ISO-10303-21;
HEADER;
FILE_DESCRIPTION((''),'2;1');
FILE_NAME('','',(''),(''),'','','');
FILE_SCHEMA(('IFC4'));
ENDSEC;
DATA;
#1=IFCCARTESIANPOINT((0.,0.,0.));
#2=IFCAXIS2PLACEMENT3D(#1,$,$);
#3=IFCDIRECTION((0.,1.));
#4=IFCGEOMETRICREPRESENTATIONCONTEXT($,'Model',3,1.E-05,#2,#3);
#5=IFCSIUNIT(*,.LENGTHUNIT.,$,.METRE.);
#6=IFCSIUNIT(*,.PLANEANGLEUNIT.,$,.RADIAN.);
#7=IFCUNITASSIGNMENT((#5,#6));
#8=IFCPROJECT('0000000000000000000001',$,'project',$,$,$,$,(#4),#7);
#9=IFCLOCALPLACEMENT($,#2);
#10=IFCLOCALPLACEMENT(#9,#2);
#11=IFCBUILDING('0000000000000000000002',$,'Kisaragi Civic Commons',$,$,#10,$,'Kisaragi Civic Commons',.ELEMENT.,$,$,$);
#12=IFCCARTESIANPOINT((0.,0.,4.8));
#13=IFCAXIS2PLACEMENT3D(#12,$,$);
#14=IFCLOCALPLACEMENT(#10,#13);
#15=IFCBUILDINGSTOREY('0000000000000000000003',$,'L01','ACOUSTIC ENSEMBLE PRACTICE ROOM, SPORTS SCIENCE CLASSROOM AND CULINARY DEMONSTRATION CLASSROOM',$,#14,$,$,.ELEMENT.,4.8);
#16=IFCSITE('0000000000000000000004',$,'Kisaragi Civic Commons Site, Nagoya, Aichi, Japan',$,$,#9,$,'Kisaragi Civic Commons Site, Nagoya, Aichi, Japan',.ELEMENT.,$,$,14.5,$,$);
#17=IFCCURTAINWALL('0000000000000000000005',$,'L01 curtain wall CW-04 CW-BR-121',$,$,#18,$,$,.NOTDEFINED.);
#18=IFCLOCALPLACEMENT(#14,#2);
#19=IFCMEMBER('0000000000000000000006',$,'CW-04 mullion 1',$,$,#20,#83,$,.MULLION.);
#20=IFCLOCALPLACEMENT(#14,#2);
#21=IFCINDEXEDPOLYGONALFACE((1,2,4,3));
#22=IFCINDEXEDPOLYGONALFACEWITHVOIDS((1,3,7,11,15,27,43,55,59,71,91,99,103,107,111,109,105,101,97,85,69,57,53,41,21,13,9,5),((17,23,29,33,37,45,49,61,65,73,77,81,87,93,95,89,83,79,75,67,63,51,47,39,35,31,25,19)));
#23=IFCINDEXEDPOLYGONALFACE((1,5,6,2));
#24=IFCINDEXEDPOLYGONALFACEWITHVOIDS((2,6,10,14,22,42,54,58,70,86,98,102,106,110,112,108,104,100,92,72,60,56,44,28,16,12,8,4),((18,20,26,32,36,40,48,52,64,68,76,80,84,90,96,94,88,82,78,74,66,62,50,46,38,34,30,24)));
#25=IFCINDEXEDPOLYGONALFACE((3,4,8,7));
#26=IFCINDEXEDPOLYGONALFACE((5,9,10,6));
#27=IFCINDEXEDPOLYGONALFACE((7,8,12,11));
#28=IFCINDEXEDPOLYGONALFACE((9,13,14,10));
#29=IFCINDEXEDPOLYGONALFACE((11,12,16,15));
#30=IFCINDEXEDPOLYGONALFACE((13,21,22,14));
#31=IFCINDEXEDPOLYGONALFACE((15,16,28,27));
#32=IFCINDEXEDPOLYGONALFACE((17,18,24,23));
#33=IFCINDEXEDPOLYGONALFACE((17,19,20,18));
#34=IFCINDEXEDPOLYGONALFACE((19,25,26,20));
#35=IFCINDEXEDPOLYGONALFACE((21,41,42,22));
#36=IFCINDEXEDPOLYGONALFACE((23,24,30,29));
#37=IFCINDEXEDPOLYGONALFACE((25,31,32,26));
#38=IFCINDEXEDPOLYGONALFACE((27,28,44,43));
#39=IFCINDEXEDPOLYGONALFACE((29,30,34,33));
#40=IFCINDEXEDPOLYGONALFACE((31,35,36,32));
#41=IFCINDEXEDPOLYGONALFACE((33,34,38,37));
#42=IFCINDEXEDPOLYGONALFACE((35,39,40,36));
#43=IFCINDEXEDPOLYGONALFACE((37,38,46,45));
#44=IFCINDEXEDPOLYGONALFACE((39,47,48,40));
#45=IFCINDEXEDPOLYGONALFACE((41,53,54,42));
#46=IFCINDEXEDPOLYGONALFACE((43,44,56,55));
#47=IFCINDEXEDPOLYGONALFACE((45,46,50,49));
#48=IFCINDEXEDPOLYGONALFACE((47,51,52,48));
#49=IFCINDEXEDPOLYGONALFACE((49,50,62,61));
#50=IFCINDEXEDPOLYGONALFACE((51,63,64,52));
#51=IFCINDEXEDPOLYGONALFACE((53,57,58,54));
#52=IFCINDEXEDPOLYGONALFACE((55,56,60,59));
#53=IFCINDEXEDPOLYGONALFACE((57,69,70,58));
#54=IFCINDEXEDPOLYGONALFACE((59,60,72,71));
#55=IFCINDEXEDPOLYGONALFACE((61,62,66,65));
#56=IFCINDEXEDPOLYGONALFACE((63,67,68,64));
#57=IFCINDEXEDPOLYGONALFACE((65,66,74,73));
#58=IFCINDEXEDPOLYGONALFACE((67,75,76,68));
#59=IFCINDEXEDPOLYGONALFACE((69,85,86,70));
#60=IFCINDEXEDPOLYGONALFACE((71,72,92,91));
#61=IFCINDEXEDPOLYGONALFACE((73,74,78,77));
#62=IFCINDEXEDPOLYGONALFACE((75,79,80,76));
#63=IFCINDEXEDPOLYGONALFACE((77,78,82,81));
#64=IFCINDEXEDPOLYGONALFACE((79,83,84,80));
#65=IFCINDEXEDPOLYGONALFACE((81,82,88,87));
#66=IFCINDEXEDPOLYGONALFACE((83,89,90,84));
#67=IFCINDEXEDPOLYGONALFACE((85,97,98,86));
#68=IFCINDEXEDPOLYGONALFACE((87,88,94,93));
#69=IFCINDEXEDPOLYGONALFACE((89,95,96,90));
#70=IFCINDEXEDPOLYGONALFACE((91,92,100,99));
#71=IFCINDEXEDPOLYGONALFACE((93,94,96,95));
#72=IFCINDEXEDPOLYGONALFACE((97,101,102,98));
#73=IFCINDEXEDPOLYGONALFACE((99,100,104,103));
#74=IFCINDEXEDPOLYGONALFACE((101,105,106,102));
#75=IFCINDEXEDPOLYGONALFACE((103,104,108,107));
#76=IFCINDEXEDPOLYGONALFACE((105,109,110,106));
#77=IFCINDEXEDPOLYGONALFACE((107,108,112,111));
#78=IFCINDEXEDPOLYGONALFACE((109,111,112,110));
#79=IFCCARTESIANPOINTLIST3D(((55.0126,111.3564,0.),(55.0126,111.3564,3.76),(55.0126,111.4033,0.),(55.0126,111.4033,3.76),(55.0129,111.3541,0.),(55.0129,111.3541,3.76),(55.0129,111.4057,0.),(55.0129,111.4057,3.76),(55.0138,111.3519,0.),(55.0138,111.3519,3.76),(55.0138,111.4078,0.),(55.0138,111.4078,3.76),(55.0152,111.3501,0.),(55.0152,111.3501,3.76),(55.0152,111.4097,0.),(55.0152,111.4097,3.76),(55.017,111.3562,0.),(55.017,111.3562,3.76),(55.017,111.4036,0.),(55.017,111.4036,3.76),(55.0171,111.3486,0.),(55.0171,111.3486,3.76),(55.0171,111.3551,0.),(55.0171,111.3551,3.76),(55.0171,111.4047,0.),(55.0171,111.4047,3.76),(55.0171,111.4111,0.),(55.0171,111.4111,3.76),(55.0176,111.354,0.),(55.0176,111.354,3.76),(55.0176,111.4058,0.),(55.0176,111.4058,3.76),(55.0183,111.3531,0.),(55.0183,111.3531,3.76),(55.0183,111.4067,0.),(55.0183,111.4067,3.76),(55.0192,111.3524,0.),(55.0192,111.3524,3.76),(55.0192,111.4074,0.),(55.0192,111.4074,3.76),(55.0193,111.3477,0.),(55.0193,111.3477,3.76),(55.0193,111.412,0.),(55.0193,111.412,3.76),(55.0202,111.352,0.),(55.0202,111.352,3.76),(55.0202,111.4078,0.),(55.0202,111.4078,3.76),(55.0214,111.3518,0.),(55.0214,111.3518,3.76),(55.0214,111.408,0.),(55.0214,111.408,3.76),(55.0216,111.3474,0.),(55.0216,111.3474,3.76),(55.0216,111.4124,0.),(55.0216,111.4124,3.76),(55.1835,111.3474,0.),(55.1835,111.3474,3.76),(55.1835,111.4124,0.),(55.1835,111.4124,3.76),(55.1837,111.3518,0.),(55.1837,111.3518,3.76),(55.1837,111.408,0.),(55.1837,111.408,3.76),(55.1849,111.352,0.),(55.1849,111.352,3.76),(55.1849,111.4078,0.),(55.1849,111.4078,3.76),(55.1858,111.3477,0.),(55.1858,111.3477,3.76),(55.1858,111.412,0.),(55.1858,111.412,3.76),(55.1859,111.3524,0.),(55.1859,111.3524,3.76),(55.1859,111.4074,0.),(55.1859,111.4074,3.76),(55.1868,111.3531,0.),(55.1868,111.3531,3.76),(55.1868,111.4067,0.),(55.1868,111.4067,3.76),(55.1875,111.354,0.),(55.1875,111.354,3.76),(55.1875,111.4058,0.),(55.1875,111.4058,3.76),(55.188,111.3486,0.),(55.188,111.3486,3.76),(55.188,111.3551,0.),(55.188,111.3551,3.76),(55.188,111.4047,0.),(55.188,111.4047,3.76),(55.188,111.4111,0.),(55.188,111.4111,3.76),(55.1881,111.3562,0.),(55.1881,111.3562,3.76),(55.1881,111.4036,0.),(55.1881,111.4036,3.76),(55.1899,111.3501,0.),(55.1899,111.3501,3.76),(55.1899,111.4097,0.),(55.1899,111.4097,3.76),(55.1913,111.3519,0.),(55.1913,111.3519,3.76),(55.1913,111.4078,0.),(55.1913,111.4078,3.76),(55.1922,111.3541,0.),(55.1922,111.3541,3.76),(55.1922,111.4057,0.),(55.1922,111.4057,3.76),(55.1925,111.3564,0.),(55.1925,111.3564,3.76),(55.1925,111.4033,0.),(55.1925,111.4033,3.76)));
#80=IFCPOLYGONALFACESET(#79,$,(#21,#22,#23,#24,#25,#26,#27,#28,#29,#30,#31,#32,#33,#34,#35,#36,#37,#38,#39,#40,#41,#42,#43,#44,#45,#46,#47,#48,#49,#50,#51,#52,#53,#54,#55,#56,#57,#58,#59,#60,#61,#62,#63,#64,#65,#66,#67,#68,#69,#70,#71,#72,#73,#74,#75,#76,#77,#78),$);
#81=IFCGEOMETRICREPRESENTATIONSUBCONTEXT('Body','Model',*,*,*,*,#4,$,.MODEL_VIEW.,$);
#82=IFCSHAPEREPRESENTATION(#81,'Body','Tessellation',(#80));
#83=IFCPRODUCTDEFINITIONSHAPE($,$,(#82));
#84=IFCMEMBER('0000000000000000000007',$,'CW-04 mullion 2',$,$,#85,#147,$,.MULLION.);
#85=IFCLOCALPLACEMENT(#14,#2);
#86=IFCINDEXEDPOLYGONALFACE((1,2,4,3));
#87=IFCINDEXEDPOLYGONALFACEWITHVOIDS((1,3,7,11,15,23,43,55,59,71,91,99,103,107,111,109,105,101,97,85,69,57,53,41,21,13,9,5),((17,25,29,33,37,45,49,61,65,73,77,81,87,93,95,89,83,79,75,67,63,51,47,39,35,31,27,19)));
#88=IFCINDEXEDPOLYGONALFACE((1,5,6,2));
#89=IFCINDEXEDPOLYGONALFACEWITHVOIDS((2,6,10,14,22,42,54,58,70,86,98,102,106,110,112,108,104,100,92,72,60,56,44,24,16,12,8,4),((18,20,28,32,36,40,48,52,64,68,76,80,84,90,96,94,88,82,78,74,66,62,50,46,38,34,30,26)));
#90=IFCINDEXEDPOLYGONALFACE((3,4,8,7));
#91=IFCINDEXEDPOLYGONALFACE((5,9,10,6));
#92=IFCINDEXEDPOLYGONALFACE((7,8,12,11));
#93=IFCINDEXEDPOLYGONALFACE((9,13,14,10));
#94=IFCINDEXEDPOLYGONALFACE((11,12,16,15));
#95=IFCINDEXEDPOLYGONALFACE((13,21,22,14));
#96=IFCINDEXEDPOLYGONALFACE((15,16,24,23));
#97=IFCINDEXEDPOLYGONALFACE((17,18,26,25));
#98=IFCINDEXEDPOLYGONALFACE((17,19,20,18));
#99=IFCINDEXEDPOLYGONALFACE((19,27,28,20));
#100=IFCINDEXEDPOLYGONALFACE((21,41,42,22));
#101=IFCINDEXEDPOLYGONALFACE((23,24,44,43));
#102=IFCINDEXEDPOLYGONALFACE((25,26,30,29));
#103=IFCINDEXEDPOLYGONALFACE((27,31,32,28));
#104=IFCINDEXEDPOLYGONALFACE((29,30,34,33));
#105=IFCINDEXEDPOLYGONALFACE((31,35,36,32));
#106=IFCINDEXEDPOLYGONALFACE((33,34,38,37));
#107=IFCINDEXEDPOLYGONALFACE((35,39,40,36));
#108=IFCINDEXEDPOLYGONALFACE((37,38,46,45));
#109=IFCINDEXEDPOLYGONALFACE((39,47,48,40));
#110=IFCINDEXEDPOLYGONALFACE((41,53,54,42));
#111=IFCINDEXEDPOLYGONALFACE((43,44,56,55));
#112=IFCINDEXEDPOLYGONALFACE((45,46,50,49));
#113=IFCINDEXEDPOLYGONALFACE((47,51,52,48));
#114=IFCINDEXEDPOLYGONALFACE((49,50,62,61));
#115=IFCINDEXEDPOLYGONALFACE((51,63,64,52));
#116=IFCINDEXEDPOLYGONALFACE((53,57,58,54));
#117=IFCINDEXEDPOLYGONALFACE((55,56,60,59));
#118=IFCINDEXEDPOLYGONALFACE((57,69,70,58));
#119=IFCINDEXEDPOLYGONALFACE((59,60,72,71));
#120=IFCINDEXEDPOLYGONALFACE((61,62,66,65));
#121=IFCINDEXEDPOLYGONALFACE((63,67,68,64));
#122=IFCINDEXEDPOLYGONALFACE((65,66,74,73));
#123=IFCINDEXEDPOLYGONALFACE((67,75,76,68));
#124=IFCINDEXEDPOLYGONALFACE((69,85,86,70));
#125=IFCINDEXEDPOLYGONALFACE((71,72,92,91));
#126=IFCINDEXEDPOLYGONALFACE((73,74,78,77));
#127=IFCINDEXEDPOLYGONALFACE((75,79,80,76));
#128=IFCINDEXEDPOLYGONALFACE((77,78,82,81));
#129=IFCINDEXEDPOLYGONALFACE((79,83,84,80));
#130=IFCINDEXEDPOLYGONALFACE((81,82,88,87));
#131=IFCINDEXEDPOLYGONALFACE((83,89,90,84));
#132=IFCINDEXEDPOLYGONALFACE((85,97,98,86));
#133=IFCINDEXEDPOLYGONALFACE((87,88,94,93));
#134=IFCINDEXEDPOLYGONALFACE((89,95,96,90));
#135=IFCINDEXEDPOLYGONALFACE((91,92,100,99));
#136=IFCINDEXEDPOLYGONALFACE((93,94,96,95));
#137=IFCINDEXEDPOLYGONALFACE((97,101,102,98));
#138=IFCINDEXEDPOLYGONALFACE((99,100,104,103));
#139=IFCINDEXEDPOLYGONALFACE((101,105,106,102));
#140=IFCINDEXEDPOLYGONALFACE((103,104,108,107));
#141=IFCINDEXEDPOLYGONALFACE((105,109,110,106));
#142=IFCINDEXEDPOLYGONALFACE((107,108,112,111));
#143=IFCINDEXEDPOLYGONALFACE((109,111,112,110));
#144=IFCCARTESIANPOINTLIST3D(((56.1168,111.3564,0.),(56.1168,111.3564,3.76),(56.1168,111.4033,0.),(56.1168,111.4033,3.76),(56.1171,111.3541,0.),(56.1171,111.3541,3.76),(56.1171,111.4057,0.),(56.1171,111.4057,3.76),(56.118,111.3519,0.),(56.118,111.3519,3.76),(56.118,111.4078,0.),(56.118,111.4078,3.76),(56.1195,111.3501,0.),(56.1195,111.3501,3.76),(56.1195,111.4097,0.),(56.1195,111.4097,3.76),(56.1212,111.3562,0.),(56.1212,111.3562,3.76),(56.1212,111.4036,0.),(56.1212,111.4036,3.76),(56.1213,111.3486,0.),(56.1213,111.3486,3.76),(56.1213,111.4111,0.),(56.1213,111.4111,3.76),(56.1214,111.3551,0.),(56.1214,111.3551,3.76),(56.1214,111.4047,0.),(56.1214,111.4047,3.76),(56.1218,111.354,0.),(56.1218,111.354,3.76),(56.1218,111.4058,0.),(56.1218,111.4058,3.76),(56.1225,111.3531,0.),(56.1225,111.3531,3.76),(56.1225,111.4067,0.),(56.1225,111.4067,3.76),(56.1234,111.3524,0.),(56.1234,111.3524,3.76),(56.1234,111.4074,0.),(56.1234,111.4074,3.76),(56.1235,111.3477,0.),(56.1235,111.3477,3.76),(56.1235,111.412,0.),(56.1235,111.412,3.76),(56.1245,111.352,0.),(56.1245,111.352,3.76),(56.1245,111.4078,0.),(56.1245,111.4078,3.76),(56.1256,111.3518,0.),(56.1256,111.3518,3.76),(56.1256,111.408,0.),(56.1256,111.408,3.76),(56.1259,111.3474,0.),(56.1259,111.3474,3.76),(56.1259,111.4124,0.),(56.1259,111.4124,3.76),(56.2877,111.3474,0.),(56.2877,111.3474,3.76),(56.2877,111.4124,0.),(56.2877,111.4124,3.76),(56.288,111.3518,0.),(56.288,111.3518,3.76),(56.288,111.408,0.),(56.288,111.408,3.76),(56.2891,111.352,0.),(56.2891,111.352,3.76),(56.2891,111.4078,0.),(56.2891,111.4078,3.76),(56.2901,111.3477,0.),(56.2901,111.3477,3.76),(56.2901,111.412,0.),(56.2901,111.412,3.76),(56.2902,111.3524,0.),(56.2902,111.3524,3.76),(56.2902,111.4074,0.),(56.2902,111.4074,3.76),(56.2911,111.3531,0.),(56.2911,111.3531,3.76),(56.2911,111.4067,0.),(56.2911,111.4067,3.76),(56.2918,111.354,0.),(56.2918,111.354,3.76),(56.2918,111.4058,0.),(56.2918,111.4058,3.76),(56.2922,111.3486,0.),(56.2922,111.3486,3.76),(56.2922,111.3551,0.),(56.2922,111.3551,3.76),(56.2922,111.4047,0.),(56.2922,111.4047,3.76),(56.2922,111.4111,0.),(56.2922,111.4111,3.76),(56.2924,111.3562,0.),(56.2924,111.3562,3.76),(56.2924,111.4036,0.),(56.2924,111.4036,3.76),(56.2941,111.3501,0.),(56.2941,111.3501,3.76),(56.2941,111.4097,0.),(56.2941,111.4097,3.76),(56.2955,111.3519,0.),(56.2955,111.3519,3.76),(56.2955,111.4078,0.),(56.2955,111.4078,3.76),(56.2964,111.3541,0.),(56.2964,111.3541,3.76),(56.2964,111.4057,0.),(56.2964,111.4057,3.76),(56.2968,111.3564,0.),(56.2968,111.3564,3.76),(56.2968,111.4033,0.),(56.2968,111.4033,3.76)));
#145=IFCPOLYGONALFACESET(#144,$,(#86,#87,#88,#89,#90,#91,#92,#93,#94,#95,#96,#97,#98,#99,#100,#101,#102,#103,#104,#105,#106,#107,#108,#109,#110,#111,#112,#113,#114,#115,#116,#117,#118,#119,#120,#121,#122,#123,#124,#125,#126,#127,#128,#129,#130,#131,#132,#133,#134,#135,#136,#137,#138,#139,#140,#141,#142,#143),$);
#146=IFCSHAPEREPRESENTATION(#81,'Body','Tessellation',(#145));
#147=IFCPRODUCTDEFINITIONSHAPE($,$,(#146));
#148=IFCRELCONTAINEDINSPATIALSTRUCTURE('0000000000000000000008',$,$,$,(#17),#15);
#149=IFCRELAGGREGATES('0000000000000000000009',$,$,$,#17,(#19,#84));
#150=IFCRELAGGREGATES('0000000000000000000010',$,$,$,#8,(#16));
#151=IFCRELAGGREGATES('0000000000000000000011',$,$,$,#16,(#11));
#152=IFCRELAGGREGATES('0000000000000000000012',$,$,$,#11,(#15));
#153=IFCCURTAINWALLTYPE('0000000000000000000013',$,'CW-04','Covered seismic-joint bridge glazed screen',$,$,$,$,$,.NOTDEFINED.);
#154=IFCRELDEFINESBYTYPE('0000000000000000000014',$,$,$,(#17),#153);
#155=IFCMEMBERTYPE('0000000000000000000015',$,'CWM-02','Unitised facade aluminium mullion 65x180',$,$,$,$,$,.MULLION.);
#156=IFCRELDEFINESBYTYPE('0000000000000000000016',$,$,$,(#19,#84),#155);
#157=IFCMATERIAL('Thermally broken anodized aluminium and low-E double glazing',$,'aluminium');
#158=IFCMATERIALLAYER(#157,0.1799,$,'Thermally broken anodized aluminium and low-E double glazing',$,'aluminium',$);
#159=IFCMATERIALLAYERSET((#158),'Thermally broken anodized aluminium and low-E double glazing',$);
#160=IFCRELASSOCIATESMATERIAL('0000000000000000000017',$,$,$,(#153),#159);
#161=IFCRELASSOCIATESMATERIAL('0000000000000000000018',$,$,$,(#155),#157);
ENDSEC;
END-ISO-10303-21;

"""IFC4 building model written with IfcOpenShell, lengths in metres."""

from ifc_helpers import new_model, si_unit, direction, frame, origin, origin_2d, place, context, subcontext, project, spatial, hollow_rectangle, extrude, material, layer, layer_set, material_profile, profile_set, type_object, element, aggregate, save


model = new_model("IFC4")

# Units and contexts
model_context = context("Model", 3, precision=1e-05, world=origin(), true_north=direction((0.0, 1.0)))
body_context = subcontext(model_context, "Body", "Model", "MODEL_VIEW")
ifc_project = project(units=[si_unit("LENGTHUNIT", "METRE"), si_unit("PLANEANGLEUNIT", "RADIAN")], contexts=[model_context])

# Site, building, storey
site_placement = place(None, origin())
site = spatial("IfcSite", under=ifc_project, at=site_placement, Name="Kisaragi Civic Commons Site, Nagoya, Aichi, Japan", LongName="Kisaragi Civic Commons Site, Nagoya, Aichi, Japan", CompositionType="ELEMENT", RefElevation=14.5)
building_placement = place(site_placement, origin())
building = spatial("IfcBuilding", under=site, at=building_placement, Name="Kisaragi Civic Commons", LongName="Kisaragi Civic Commons", CompositionType="ELEMENT")
storey_placement = place(building_placement, frame((0.0, 0.0, 4.8)))
storey = spatial("IfcBuildingStorey", under=building, at=storey_placement, Name="L01", Description="ACOUSTIC ENSEMBLE PRACTICE ROOM, SPORTS SCIENCE CLASSROOM AND CULINARY DEMONSTRATION CLASSROOM", CompositionType="ELEMENT", Elevation=4.8)

# Curtain wall, members
ifc_material = material(Name="Thermally broken anodized aluminium and low-E double glazing", Category="aluminium")
ifc_layer_1 = layer(ifc_material, 0.1799, Name="Thermally broken anodized aluminium and low-E double glazing", Category="aluminium")
ifc_layer_set_1 = layer_set([ifc_layer_1], Name="Thermally broken anodized aluminium and low-E double glazing")
curtain_wall_type = type_object("IfcCurtainWallType", Name="CW-04", Description="Covered seismic-joint bridge glazed screen", PredefinedType="NOTDEFINED", material=ifc_layer_set_1)
curtain_wall_1_placement = place(storey_placement, origin())
curtain_wall_1 = element("IfcCurtainWall", 1, at=curtain_wall_1_placement, inside=storey, type_object=curtain_wall_type, Name="L01 curtain wall CW-04 CW-BR-121", PredefinedType="NOTDEFINED")
ifc_material_profile_1 = material_profile(ifc_material, hollow_rectangle(XDim=0.0649, YDim=0.1799, WallThickness=0.0044, InnerFilletRadius=0.0044, OuterFilletRadius=0.009, at=origin_2d()), Name="CWM-65x180x4.5", Category="aluminium")
ifc_profile_set_1 = profile_set([ifc_material_profile_1], Name="Thermally broken anodized aluminium and low-E double glazing")
member_type_1 = type_object("IfcMemberType", Name="CWM-02", Description="Unitised facade aluminium mullion 65x180", PredefinedType="MULLION", material=ifc_profile_set_1)
member_1_placement = place(storey_placement, frame((55.1025, 111.3799, 0.0), z_axis=(0.0, 0.0, 1.0), x_axis=(0.0, 1.0, 0.0)))
member_1 = element("IfcMember", 2, at=member_1_placement, type_object=member_type_1, Name="CW-04 mullion 1", PredefinedType="MULLION", context=body_context, shape_type="SweptSolid", body=[
    extrude(hollow_rectangle(XDim=0.0649, YDim=0.1799, WallThickness=0.0044, InnerFilletRadius=0.0044, OuterFilletRadius=0.009, at=origin_2d()), origin(), (0.0, 0.0, 1.0), 3.76),
])
member_2_placement = place(storey_placement, frame((56.2068, 111.3799, 0.0), z_axis=(0.0, 0.0, 1.0), x_axis=(0.0, 1.0, 0.0)))
member_2 = element("IfcMember", 3, at=member_2_placement, type_object=member_type_1, Name="CW-04 mullion 2", PredefinedType="MULLION", context=body_context, shape_type="SweptSolid", body=[
    extrude(hollow_rectangle(XDim=0.0649, YDim=0.1799, WallThickness=0.0044, InnerFilletRadius=0.0044, OuterFilletRadius=0.009, at=origin_2d()), origin(), (0.0, 0.0, 1.0), 3.76),
])

aggregate(curtain_wall_1, [member_1, member_2])

save(model, "model.ifc")
